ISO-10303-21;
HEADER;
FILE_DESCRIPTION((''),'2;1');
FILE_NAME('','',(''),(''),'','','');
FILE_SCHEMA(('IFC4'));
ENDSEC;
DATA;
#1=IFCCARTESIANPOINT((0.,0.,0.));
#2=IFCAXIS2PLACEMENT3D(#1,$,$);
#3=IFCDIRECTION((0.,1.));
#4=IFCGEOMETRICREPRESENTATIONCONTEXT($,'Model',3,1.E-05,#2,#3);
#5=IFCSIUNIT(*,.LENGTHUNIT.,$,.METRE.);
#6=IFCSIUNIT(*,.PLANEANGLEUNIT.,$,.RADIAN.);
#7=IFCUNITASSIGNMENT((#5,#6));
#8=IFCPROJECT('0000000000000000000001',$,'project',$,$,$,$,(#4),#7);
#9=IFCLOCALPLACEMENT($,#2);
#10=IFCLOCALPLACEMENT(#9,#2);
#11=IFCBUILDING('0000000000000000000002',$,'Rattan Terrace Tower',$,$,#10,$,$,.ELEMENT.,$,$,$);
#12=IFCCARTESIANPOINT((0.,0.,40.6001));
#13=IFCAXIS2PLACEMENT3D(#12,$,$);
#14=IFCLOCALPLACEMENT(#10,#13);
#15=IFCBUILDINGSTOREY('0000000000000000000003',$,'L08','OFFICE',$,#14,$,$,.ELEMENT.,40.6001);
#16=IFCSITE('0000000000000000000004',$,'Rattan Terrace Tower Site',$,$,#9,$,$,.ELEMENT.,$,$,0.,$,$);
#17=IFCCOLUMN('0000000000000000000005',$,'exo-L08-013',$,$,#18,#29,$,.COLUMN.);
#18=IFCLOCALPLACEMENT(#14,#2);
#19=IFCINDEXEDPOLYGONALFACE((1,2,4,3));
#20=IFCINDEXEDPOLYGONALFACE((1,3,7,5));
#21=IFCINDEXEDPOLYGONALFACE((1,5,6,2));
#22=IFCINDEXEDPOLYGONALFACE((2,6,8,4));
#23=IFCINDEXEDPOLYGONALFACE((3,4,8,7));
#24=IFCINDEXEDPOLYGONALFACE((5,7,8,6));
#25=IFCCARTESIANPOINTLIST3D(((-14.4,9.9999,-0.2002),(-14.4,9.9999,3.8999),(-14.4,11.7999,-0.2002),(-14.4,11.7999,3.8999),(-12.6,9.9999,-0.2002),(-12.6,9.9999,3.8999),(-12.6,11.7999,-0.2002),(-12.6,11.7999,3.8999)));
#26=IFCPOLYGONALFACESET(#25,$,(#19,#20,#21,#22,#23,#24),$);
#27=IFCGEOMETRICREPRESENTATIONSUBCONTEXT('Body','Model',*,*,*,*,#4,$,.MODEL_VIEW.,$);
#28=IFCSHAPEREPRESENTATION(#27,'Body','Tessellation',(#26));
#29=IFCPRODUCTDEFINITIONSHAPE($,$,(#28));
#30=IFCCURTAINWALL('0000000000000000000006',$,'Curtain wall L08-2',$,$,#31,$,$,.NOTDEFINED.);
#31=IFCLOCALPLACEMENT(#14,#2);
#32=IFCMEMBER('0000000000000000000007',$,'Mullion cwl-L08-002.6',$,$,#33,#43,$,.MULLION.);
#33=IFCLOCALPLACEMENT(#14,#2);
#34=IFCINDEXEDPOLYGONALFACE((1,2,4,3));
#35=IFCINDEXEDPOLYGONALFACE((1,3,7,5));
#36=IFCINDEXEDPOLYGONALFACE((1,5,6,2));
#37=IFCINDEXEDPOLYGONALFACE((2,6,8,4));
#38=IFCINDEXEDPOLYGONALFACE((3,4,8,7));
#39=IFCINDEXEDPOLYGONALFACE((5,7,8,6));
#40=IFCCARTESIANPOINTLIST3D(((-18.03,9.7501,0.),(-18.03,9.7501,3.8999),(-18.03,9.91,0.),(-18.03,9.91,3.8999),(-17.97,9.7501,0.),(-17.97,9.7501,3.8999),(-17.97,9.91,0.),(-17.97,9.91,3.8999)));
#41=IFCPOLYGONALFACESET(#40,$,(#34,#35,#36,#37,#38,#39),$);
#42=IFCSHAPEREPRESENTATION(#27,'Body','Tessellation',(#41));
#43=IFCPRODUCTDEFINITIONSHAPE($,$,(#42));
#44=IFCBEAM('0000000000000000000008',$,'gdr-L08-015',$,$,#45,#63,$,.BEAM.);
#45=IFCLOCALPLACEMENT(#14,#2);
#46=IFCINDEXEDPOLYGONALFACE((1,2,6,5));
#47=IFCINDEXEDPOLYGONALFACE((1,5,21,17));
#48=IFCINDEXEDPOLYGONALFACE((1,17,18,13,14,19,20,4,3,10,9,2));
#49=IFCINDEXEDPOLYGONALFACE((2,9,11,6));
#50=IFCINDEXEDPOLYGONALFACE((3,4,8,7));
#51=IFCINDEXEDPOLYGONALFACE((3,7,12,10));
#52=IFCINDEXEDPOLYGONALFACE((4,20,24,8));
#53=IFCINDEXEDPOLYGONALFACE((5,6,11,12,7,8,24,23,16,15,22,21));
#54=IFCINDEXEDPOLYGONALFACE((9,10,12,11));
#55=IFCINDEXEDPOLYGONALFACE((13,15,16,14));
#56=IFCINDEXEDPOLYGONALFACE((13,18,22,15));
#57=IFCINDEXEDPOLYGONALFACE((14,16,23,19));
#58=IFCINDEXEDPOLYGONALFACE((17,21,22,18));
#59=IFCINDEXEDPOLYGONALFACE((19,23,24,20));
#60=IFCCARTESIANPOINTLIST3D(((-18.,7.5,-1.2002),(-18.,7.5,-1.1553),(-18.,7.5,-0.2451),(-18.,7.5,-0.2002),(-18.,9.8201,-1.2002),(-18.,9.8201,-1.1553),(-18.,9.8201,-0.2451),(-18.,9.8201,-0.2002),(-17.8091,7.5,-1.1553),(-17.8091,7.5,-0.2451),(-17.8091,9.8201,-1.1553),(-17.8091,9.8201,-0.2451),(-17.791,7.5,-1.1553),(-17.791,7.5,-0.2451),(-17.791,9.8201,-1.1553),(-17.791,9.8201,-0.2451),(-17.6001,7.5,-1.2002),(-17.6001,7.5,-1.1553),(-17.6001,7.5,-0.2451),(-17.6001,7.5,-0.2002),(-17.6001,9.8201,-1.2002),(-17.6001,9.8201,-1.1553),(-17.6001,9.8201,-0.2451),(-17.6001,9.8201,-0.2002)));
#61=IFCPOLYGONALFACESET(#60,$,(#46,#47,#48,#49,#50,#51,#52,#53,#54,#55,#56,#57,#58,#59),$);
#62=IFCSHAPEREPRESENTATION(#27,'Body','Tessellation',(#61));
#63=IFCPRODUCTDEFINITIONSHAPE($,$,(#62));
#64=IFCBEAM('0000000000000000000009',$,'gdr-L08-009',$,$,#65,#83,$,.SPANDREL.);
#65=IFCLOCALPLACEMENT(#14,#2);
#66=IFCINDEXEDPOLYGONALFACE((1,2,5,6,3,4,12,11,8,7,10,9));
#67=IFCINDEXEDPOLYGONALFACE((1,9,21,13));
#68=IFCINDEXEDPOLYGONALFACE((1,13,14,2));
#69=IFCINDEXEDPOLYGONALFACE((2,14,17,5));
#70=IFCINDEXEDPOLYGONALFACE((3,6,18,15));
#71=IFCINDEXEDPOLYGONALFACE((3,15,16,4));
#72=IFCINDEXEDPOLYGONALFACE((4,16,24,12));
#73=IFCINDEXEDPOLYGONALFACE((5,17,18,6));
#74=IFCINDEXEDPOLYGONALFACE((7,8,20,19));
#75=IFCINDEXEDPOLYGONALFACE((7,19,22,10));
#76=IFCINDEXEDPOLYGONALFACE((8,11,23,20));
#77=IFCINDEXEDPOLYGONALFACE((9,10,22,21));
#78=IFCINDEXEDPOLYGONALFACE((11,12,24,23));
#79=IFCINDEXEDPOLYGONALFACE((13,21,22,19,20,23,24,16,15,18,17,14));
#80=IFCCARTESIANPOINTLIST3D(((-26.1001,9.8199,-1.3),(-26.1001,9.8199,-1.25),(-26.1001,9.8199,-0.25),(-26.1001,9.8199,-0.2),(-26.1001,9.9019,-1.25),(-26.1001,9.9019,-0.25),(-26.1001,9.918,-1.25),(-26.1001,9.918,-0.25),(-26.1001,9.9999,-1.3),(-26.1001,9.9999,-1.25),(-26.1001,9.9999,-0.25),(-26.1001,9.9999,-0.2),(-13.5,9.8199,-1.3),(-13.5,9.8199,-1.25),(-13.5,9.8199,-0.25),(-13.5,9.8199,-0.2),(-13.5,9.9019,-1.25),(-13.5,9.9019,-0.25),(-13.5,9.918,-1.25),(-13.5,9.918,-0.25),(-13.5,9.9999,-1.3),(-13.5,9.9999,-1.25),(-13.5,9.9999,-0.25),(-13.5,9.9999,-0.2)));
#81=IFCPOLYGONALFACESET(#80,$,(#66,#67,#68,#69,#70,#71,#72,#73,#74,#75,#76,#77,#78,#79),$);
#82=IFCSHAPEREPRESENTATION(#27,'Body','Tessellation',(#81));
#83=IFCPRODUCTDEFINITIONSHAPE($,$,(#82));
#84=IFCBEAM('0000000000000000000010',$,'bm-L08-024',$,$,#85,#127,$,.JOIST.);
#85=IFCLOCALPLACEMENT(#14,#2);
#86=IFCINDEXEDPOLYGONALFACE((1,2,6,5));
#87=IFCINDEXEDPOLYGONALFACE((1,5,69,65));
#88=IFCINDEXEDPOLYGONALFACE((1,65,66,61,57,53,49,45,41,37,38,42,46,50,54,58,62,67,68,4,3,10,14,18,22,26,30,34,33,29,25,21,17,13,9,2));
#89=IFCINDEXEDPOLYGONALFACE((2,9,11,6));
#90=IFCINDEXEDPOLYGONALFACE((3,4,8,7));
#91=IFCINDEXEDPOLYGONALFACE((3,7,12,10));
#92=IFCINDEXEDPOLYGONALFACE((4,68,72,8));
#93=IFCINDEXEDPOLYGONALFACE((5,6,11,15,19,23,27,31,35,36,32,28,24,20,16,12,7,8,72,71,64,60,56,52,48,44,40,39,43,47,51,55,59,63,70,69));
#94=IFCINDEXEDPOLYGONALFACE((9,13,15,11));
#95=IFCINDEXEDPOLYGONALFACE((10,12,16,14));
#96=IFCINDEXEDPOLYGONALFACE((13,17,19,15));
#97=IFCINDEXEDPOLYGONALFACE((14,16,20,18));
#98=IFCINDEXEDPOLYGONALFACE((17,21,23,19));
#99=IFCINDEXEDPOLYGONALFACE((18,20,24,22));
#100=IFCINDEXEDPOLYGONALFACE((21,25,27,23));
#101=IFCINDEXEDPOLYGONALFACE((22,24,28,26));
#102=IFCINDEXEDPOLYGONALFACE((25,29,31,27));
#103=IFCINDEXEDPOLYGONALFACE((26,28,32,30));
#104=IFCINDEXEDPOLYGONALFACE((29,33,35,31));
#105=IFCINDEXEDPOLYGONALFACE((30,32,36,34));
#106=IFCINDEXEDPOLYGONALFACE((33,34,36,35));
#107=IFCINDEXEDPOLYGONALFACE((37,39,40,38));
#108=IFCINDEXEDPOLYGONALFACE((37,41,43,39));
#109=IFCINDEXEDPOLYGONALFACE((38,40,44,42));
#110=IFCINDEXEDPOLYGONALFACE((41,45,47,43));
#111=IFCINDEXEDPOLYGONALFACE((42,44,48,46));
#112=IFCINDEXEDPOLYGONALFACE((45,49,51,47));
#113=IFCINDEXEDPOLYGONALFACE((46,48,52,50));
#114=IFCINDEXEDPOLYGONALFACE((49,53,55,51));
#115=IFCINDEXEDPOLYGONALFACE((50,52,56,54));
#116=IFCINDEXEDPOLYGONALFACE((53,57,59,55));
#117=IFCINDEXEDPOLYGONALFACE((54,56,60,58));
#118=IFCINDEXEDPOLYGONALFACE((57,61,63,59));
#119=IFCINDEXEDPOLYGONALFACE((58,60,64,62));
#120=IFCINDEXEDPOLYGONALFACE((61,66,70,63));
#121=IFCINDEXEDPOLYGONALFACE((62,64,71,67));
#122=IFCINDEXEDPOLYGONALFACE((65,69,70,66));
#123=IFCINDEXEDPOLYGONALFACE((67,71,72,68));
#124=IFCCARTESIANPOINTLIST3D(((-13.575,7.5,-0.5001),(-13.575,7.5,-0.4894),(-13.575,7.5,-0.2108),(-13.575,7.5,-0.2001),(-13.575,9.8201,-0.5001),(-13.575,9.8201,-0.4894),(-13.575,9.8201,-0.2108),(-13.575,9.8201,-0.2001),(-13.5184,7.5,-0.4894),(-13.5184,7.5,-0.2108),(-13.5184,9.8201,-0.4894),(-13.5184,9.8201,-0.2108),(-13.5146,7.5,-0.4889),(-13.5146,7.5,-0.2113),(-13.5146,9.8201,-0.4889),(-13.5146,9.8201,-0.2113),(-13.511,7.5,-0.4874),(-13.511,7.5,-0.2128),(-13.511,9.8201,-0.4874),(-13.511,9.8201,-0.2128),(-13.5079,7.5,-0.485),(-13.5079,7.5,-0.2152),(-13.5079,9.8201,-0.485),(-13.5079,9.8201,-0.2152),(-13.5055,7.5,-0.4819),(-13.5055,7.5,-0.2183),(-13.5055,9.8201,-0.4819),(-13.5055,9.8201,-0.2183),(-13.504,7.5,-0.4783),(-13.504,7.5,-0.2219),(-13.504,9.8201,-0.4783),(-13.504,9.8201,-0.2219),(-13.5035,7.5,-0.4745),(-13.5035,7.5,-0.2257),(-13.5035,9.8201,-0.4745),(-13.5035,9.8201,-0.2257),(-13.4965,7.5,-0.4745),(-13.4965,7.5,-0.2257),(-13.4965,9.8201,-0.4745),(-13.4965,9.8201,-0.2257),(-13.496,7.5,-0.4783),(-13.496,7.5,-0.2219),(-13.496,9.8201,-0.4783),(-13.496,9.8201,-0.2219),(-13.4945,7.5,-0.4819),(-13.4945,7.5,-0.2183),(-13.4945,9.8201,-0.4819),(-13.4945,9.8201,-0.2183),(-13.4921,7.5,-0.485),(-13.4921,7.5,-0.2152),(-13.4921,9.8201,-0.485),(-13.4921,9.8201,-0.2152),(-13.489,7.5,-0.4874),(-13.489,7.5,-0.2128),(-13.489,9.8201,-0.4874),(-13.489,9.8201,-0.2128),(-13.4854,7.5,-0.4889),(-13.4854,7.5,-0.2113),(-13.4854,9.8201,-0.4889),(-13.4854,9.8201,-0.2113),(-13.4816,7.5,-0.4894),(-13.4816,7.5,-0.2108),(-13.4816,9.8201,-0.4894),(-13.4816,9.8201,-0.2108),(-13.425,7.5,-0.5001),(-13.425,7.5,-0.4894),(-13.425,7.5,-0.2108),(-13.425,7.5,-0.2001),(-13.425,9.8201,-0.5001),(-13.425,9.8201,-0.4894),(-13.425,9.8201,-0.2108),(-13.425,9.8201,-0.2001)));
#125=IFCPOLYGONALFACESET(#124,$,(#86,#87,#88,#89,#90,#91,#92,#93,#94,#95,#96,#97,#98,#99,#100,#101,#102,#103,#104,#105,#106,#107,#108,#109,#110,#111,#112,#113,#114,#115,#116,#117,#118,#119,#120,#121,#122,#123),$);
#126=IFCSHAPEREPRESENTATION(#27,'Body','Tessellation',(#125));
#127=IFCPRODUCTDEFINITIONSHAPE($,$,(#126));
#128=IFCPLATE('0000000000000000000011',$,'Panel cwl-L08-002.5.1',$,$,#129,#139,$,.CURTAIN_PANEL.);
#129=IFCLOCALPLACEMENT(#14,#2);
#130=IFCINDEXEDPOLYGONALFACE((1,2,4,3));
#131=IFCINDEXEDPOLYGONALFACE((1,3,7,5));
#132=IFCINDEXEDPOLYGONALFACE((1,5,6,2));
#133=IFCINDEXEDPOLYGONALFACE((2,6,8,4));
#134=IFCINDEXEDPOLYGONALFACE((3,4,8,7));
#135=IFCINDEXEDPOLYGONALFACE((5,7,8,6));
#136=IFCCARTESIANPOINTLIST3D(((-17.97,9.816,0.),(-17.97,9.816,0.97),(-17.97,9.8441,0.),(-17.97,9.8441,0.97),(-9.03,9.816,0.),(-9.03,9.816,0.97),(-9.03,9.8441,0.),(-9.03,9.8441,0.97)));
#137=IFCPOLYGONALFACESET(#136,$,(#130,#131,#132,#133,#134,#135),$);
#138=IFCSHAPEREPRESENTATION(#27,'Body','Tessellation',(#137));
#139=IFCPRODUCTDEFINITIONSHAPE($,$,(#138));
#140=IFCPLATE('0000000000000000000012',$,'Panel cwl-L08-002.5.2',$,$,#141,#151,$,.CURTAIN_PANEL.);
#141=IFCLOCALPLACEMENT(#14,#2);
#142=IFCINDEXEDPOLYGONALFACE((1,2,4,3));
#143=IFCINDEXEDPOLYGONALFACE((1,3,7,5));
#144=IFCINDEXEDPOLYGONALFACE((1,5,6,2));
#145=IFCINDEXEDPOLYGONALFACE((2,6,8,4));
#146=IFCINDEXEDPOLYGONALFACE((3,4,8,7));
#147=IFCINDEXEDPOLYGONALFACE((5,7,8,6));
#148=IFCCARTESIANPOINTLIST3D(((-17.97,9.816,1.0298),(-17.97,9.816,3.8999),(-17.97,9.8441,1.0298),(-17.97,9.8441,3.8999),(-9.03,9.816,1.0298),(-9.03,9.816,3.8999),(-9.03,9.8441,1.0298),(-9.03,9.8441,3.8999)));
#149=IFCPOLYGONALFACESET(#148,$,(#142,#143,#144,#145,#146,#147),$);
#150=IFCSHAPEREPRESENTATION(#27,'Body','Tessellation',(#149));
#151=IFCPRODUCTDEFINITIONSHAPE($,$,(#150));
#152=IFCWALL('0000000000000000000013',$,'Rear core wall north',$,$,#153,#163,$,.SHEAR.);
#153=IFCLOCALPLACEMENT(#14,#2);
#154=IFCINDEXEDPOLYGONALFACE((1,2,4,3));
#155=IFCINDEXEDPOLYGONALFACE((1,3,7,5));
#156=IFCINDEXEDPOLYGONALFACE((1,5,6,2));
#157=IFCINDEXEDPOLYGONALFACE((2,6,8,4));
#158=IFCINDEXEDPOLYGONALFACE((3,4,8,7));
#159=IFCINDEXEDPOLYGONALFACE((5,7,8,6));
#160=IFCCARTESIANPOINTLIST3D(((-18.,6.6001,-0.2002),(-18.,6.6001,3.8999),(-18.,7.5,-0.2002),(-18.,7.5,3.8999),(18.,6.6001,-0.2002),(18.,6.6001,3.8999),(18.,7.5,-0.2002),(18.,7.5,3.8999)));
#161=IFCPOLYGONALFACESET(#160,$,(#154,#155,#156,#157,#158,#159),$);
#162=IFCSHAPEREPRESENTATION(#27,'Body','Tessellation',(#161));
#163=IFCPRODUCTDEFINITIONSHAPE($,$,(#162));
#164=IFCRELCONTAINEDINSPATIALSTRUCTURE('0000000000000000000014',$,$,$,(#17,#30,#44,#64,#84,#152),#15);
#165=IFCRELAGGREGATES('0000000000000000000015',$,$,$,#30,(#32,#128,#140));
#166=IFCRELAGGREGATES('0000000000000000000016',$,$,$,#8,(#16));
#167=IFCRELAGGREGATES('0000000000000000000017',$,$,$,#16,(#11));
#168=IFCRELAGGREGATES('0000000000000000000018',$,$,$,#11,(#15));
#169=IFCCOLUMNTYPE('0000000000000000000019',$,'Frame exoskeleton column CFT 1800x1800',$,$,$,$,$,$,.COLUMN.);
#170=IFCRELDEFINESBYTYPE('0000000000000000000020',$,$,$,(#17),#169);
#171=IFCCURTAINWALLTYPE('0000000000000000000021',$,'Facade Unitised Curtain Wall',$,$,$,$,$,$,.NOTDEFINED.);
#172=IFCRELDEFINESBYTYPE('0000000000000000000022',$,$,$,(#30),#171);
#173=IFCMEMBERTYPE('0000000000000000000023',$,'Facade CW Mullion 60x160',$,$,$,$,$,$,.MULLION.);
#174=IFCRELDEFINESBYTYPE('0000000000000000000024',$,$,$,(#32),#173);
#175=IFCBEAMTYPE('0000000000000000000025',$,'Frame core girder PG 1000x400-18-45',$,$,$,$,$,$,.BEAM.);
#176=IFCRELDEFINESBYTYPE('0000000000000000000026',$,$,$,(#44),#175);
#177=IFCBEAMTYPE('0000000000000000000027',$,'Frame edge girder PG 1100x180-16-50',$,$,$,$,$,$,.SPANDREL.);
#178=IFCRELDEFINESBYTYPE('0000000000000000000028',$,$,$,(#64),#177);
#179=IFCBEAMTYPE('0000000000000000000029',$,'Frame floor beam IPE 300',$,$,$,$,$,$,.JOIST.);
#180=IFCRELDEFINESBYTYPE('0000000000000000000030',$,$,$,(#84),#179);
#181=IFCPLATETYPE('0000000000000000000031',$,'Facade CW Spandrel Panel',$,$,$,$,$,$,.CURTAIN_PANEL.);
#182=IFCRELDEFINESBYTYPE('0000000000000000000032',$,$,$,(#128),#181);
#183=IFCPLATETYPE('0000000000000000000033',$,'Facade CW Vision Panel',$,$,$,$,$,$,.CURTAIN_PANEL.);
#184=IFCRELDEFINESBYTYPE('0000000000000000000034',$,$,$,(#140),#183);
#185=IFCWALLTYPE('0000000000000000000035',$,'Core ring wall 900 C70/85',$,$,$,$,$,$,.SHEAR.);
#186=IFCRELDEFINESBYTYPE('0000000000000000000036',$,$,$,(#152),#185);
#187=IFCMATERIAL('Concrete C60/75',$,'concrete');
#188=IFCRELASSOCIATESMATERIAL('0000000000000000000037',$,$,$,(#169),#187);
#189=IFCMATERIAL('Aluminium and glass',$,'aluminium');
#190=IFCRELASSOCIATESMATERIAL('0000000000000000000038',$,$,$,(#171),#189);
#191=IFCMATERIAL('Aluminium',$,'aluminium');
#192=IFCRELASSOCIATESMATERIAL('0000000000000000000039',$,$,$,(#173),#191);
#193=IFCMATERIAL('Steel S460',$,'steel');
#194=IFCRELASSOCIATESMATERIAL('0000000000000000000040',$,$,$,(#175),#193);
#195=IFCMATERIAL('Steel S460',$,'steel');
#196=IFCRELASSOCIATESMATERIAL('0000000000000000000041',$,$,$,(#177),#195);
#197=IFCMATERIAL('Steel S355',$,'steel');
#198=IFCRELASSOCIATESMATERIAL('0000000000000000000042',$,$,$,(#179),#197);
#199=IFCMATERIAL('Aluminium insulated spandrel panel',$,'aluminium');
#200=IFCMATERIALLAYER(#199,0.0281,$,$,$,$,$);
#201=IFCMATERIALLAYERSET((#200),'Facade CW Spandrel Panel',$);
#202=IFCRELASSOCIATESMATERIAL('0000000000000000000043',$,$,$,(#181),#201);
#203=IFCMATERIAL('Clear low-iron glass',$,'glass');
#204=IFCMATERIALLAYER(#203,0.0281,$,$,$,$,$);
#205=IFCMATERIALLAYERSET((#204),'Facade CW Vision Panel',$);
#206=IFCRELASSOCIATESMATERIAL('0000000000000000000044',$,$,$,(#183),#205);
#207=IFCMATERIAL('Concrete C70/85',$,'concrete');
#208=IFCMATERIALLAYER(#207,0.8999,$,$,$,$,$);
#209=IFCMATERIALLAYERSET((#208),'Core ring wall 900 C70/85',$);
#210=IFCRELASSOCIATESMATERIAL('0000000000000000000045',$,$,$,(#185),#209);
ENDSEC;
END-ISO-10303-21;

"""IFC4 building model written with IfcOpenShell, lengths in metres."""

from ifc_helpers import new_model, si_unit, direction, frame, frame_2d, origin, origin_2d, place, context, subcontext, project, spatial, rectangle, i_section, extrude, material, layer, layer_set, material_profile, profile_set, type_object, element, aggregate, save


model = new_model("IFC4")

# Units and contexts
model_context = context("Model", 3, precision=1e-05, world=origin(), true_north=direction((0.0, 1.0)))
body_context = subcontext(model_context, "Body", "Model", "MODEL_VIEW")
ifc_project = project(units=[si_unit("LENGTHUNIT", "METRE"), si_unit("PLANEANGLEUNIT", "RADIAN")], contexts=[model_context])

# Site, building, storey
site_placement = place(None, origin())
site = spatial("IfcSite", under=ifc_project, at=site_placement, Name="Rattan Terrace Tower Site", CompositionType="ELEMENT", RefElevation=0.0)
building_placement = place(site_placement, origin())
building = spatial("IfcBuilding", under=site, at=building_placement, Name="Rattan Terrace Tower", CompositionType="ELEMENT")
storey_placement = place(building_placement, frame((0.0, 0.0, 40.6001)))
storey = spatial("IfcBuildingStorey", under=building, at=storey_placement, Name="L08", Description="OFFICE", CompositionType="ELEMENT", Elevation=40.6001)

# Column
ifc_material_1 = material(Name="Concrete C60/75", Category="concrete")
ifc_material_profile_1 = material_profile(ifc_material_1, rectangle(XDim=1.8, YDim=1.8, at=origin_2d()), Name="CFT 1800x1800")
ifc_profile_set_1 = profile_set([ifc_material_profile_1], Name="Concrete C60/75")
column_type = type_object("IfcColumnType", Name="Frame exoskeleton column CFT 1800x1800", PredefinedType="COLUMN", material=ifc_profile_set_1)
column_placement = place(storey_placement, frame((-13.5, 10.8999, -0.2002), z_axis=(0.0, 0.0, 1.0), x_axis=(1.0, 0.0, 0.0)))
element("IfcColumn", 1, at=column_placement, inside=storey, type_object=column_type, Name="exo-L08-013", PredefinedType="COLUMN", context=body_context, shape_type="SweptSolid", body=[
    extrude(rectangle(XDim=1.8, YDim=1.8, at=origin_2d()), origin(), (0.0, 0.0, 1.0), 4.1001),
])

# Curtain wall, member
ifc_material_2 = material(Name="Aluminium and glass", Category="aluminium")
curtain_wall_type = type_object("IfcCurtainWallType", Name="Facade Unitised Curtain Wall", PredefinedType="NOTDEFINED", material=ifc_material_2)
curtain_wall_placement = place(storey_placement, origin())
curtain_wall = element("IfcCurtainWall", 2, at=curtain_wall_placement, inside=storey, type_object=curtain_wall_type, Name="Curtain wall L08-2", PredefinedType="NOTDEFINED")
ifc_material_3 = material(Name="Aluminium", Category="aluminium")
ifc_material_profile_2 = material_profile(ifc_material_3, rectangle(XDim=0.0601, YDim=0.1599, at=origin_2d()), Name="Aluminium 60x160")
ifc_profile_set_2 = profile_set([ifc_material_profile_2], Name="Aluminium")
member_type = type_object("IfcMemberType", Name="Facade CW Mullion 60x160", PredefinedType="MULLION", material=ifc_profile_set_2)
member_placement = place(storey_placement, frame((-18.0, 9.8301, 0.0), z_axis=(0.0, 0.0, 1.0), x_axis=(-1.0, 0.0, 0.0)))
member = element("IfcMember", 3, at=member_placement, type_object=member_type, Name="Mullion cwl-L08-002.6", PredefinedType="MULLION", context=body_context, shape_type="SweptSolid", body=[
    extrude(rectangle(XDim=0.0601, YDim=0.1599, at=origin_2d()), origin(), (0.0, 0.0, 1.0), 3.8999),
])

# Beams
ifc_material_4 = material(Name="Steel S460", Category="steel")
ifc_material_profile_3 = material_profile(ifc_material_4, i_section(OverallWidth=0.3999, OverallDepth=1.0, WebThickness=0.0181, FlangeThickness=0.0449, at=origin_2d()), Name="PG 1000x400-18-45")
ifc_profile_set_3 = profile_set([ifc_material_profile_3], Name="Steel S460")
beam_type_1 = type_object("IfcBeamType", Name="Frame core girder PG 1000x400-18-45", PredefinedType="BEAM", material=ifc_profile_set_3)
beam_1_placement = place(storey_placement, frame((-17.8, 7.5, -0.7002), z_axis=(0.0, 1.0, 0.0), x_axis=(-1.0, 0.0, 0.0)))
element("IfcBeam", 4, at=beam_1_placement, inside=storey, type_object=beam_type_1, Name="gdr-L08-015", PredefinedType="BEAM", context=body_context, shape_type="SweptSolid", body=[
    extrude(i_section(OverallWidth=0.3999, OverallDepth=1.0, WebThickness=0.0181, FlangeThickness=0.0449, at=origin_2d()), origin(), (0.0, 0.0, 1.0), 2.3201),
])
ifc_material_5 = material(Name="Steel S460", Category="steel")
ifc_material_profile_4 = material_profile(ifc_material_5, i_section(OverallWidth=0.1799, OverallDepth=1.1001, WebThickness=0.0161, FlangeThickness=0.05, at=origin_2d()), Name="PG 1100x180-16-50")
ifc_profile_set_4 = profile_set([ifc_material_profile_4], Name="Steel S460")
beam_type_2 = type_object("IfcBeamType", Name="Frame edge girder PG 1100x180-16-50", PredefinedType="SPANDREL", material=ifc_profile_set_4)
beam_2_placement = place(storey_placement, frame((-13.5, 9.9099, -0.75), z_axis=(-1.0, 0.0, 0.0), x_axis=(0.0, -1.0, 0.0)))
element("IfcBeam", 5, at=beam_2_placement, inside=storey, type_object=beam_type_2, Name="gdr-L08-009", PredefinedType="SPANDREL", context=body_context, shape_type="SweptSolid", body=[
    extrude(i_section(OverallWidth=0.1799, OverallDepth=1.1001, WebThickness=0.0161, FlangeThickness=0.05, at=origin_2d()), origin(), (0.0, 0.0, 1.0), 12.6001),
])
ifc_material_6 = material(Name="Steel S355", Category="steel")
ifc_material_profile_5 = material_profile(ifc_material_6, i_section(OverallWidth=0.1499, OverallDepth=0.3, WebThickness=0.0071, FlangeThickness=0.0107, FilletRadius=0.0149, at=origin_2d()), Name="IPE 300")
ifc_profile_set_5 = profile_set([ifc_material_profile_5], Name="Steel S355")
beam_type_3 = type_object("IfcBeamType", Name="Frame floor beam IPE 300", PredefinedType="JOIST", material=ifc_profile_set_5)
beam_3_placement = place(storey_placement, frame((-13.5, 7.5, -0.3501), z_axis=(0.0, 1.0, 0.0), x_axis=(-1.0, 0.0, 0.0)))
element("IfcBeam", 6, at=beam_3_placement, inside=storey, type_object=beam_type_3, Name="bm-L08-024", PredefinedType="JOIST", context=body_context, shape_type="SweptSolid", body=[
    extrude(i_section(OverallWidth=0.1499, OverallDepth=0.3, WebThickness=0.0071, FlangeThickness=0.0107, FilletRadius=0.0149, at=origin_2d()), origin(), (0.0, 0.0, 1.0), 2.3201),
])

# Plates
ifc_material_7 = material(Name="Aluminium insulated spandrel panel", Category="aluminium")
ifc_layer_1 = layer(ifc_material_7, 0.0281)
ifc_layer_set_1 = layer_set([ifc_layer_1], Name="Facade CW Spandrel Panel")
plate_type_1 = type_object("IfcPlateType", Name="Facade CW Spandrel Panel", PredefinedType="CURTAIN_PANEL", material=ifc_layer_set_1)
plate_1_placement = place(storey_placement, frame((-13.5, 9.8301, 0.0), z_axis=(0.0, 0.0, 1.0), x_axis=(-1.0, 0.0, 0.0)))
plate_1 = element("IfcPlate", 7, at=plate_1_placement, type_object=plate_type_1, Name="Panel cwl-L08-002.5.1", PredefinedType="CURTAIN_PANEL", context=body_context, shape_type="SweptSolid", body=[
    extrude(rectangle(XDim=8.9399, YDim=0.0281, at=origin_2d()), origin(), (0.0, 0.0, 1.0), 0.97),
])
ifc_material_8 = material(Name="Clear low-iron glass", Category="glass")
ifc_layer_2 = layer(ifc_material_8, 0.0281)
ifc_layer_set_2 = layer_set([ifc_layer_2], Name="Facade CW Vision Panel")
plate_type_2 = type_object("IfcPlateType", Name="Facade CW Vision Panel", PredefinedType="CURTAIN_PANEL", material=ifc_layer_set_2)
plate_2_placement = place(storey_placement, frame((-13.5, 9.8301, 1.0298), z_axis=(0.0, 0.0, 1.0), x_axis=(-1.0, 0.0, 0.0)))
plate_2 = element("IfcPlate", 8, at=plate_2_placement, type_object=plate_type_2, Name="Panel cwl-L08-002.5.2", PredefinedType="CURTAIN_PANEL", context=body_context, shape_type="SweptSolid", body=[
    extrude(rectangle(XDim=8.9399, YDim=0.0281, at=origin_2d()), origin(), (0.0, 0.0, 1.0), 2.8701),
])
aggregate(curtain_wall, [member, plate_1, plate_2])

# Wall
ifc_material_9 = material(Name="Concrete C70/85", Category="concrete")
ifc_layer_3 = layer(ifc_material_9, 0.8999)
ifc_layer_set_3 = layer_set([ifc_layer_3], Name="Core ring wall 900 C70/85")
wall_type = type_object("IfcWallType", Name="Core ring wall 900 C70/85", PredefinedType="SHEAR", material=ifc_layer_set_3)
wall_placement = place(storey_placement, frame((-18.0, 7.05, -0.2002), z_axis=(0.0, 0.0, 1.0), x_axis=(1.0, 0.0, 0.0)))
element("IfcWall", 9, at=wall_placement, inside=storey, type_object=wall_type, Name="Rear core wall north", PredefinedType="SHEAR", context=body_context, shape_type="SweptSolid", body=[
    extrude(rectangle(XDim=36.0, YDim=0.8999, at=frame_2d((18.0, 0.0))), origin(), (0.0, 0.0, 1.0), 4.1001),
])

save(model, "model.ifc")
